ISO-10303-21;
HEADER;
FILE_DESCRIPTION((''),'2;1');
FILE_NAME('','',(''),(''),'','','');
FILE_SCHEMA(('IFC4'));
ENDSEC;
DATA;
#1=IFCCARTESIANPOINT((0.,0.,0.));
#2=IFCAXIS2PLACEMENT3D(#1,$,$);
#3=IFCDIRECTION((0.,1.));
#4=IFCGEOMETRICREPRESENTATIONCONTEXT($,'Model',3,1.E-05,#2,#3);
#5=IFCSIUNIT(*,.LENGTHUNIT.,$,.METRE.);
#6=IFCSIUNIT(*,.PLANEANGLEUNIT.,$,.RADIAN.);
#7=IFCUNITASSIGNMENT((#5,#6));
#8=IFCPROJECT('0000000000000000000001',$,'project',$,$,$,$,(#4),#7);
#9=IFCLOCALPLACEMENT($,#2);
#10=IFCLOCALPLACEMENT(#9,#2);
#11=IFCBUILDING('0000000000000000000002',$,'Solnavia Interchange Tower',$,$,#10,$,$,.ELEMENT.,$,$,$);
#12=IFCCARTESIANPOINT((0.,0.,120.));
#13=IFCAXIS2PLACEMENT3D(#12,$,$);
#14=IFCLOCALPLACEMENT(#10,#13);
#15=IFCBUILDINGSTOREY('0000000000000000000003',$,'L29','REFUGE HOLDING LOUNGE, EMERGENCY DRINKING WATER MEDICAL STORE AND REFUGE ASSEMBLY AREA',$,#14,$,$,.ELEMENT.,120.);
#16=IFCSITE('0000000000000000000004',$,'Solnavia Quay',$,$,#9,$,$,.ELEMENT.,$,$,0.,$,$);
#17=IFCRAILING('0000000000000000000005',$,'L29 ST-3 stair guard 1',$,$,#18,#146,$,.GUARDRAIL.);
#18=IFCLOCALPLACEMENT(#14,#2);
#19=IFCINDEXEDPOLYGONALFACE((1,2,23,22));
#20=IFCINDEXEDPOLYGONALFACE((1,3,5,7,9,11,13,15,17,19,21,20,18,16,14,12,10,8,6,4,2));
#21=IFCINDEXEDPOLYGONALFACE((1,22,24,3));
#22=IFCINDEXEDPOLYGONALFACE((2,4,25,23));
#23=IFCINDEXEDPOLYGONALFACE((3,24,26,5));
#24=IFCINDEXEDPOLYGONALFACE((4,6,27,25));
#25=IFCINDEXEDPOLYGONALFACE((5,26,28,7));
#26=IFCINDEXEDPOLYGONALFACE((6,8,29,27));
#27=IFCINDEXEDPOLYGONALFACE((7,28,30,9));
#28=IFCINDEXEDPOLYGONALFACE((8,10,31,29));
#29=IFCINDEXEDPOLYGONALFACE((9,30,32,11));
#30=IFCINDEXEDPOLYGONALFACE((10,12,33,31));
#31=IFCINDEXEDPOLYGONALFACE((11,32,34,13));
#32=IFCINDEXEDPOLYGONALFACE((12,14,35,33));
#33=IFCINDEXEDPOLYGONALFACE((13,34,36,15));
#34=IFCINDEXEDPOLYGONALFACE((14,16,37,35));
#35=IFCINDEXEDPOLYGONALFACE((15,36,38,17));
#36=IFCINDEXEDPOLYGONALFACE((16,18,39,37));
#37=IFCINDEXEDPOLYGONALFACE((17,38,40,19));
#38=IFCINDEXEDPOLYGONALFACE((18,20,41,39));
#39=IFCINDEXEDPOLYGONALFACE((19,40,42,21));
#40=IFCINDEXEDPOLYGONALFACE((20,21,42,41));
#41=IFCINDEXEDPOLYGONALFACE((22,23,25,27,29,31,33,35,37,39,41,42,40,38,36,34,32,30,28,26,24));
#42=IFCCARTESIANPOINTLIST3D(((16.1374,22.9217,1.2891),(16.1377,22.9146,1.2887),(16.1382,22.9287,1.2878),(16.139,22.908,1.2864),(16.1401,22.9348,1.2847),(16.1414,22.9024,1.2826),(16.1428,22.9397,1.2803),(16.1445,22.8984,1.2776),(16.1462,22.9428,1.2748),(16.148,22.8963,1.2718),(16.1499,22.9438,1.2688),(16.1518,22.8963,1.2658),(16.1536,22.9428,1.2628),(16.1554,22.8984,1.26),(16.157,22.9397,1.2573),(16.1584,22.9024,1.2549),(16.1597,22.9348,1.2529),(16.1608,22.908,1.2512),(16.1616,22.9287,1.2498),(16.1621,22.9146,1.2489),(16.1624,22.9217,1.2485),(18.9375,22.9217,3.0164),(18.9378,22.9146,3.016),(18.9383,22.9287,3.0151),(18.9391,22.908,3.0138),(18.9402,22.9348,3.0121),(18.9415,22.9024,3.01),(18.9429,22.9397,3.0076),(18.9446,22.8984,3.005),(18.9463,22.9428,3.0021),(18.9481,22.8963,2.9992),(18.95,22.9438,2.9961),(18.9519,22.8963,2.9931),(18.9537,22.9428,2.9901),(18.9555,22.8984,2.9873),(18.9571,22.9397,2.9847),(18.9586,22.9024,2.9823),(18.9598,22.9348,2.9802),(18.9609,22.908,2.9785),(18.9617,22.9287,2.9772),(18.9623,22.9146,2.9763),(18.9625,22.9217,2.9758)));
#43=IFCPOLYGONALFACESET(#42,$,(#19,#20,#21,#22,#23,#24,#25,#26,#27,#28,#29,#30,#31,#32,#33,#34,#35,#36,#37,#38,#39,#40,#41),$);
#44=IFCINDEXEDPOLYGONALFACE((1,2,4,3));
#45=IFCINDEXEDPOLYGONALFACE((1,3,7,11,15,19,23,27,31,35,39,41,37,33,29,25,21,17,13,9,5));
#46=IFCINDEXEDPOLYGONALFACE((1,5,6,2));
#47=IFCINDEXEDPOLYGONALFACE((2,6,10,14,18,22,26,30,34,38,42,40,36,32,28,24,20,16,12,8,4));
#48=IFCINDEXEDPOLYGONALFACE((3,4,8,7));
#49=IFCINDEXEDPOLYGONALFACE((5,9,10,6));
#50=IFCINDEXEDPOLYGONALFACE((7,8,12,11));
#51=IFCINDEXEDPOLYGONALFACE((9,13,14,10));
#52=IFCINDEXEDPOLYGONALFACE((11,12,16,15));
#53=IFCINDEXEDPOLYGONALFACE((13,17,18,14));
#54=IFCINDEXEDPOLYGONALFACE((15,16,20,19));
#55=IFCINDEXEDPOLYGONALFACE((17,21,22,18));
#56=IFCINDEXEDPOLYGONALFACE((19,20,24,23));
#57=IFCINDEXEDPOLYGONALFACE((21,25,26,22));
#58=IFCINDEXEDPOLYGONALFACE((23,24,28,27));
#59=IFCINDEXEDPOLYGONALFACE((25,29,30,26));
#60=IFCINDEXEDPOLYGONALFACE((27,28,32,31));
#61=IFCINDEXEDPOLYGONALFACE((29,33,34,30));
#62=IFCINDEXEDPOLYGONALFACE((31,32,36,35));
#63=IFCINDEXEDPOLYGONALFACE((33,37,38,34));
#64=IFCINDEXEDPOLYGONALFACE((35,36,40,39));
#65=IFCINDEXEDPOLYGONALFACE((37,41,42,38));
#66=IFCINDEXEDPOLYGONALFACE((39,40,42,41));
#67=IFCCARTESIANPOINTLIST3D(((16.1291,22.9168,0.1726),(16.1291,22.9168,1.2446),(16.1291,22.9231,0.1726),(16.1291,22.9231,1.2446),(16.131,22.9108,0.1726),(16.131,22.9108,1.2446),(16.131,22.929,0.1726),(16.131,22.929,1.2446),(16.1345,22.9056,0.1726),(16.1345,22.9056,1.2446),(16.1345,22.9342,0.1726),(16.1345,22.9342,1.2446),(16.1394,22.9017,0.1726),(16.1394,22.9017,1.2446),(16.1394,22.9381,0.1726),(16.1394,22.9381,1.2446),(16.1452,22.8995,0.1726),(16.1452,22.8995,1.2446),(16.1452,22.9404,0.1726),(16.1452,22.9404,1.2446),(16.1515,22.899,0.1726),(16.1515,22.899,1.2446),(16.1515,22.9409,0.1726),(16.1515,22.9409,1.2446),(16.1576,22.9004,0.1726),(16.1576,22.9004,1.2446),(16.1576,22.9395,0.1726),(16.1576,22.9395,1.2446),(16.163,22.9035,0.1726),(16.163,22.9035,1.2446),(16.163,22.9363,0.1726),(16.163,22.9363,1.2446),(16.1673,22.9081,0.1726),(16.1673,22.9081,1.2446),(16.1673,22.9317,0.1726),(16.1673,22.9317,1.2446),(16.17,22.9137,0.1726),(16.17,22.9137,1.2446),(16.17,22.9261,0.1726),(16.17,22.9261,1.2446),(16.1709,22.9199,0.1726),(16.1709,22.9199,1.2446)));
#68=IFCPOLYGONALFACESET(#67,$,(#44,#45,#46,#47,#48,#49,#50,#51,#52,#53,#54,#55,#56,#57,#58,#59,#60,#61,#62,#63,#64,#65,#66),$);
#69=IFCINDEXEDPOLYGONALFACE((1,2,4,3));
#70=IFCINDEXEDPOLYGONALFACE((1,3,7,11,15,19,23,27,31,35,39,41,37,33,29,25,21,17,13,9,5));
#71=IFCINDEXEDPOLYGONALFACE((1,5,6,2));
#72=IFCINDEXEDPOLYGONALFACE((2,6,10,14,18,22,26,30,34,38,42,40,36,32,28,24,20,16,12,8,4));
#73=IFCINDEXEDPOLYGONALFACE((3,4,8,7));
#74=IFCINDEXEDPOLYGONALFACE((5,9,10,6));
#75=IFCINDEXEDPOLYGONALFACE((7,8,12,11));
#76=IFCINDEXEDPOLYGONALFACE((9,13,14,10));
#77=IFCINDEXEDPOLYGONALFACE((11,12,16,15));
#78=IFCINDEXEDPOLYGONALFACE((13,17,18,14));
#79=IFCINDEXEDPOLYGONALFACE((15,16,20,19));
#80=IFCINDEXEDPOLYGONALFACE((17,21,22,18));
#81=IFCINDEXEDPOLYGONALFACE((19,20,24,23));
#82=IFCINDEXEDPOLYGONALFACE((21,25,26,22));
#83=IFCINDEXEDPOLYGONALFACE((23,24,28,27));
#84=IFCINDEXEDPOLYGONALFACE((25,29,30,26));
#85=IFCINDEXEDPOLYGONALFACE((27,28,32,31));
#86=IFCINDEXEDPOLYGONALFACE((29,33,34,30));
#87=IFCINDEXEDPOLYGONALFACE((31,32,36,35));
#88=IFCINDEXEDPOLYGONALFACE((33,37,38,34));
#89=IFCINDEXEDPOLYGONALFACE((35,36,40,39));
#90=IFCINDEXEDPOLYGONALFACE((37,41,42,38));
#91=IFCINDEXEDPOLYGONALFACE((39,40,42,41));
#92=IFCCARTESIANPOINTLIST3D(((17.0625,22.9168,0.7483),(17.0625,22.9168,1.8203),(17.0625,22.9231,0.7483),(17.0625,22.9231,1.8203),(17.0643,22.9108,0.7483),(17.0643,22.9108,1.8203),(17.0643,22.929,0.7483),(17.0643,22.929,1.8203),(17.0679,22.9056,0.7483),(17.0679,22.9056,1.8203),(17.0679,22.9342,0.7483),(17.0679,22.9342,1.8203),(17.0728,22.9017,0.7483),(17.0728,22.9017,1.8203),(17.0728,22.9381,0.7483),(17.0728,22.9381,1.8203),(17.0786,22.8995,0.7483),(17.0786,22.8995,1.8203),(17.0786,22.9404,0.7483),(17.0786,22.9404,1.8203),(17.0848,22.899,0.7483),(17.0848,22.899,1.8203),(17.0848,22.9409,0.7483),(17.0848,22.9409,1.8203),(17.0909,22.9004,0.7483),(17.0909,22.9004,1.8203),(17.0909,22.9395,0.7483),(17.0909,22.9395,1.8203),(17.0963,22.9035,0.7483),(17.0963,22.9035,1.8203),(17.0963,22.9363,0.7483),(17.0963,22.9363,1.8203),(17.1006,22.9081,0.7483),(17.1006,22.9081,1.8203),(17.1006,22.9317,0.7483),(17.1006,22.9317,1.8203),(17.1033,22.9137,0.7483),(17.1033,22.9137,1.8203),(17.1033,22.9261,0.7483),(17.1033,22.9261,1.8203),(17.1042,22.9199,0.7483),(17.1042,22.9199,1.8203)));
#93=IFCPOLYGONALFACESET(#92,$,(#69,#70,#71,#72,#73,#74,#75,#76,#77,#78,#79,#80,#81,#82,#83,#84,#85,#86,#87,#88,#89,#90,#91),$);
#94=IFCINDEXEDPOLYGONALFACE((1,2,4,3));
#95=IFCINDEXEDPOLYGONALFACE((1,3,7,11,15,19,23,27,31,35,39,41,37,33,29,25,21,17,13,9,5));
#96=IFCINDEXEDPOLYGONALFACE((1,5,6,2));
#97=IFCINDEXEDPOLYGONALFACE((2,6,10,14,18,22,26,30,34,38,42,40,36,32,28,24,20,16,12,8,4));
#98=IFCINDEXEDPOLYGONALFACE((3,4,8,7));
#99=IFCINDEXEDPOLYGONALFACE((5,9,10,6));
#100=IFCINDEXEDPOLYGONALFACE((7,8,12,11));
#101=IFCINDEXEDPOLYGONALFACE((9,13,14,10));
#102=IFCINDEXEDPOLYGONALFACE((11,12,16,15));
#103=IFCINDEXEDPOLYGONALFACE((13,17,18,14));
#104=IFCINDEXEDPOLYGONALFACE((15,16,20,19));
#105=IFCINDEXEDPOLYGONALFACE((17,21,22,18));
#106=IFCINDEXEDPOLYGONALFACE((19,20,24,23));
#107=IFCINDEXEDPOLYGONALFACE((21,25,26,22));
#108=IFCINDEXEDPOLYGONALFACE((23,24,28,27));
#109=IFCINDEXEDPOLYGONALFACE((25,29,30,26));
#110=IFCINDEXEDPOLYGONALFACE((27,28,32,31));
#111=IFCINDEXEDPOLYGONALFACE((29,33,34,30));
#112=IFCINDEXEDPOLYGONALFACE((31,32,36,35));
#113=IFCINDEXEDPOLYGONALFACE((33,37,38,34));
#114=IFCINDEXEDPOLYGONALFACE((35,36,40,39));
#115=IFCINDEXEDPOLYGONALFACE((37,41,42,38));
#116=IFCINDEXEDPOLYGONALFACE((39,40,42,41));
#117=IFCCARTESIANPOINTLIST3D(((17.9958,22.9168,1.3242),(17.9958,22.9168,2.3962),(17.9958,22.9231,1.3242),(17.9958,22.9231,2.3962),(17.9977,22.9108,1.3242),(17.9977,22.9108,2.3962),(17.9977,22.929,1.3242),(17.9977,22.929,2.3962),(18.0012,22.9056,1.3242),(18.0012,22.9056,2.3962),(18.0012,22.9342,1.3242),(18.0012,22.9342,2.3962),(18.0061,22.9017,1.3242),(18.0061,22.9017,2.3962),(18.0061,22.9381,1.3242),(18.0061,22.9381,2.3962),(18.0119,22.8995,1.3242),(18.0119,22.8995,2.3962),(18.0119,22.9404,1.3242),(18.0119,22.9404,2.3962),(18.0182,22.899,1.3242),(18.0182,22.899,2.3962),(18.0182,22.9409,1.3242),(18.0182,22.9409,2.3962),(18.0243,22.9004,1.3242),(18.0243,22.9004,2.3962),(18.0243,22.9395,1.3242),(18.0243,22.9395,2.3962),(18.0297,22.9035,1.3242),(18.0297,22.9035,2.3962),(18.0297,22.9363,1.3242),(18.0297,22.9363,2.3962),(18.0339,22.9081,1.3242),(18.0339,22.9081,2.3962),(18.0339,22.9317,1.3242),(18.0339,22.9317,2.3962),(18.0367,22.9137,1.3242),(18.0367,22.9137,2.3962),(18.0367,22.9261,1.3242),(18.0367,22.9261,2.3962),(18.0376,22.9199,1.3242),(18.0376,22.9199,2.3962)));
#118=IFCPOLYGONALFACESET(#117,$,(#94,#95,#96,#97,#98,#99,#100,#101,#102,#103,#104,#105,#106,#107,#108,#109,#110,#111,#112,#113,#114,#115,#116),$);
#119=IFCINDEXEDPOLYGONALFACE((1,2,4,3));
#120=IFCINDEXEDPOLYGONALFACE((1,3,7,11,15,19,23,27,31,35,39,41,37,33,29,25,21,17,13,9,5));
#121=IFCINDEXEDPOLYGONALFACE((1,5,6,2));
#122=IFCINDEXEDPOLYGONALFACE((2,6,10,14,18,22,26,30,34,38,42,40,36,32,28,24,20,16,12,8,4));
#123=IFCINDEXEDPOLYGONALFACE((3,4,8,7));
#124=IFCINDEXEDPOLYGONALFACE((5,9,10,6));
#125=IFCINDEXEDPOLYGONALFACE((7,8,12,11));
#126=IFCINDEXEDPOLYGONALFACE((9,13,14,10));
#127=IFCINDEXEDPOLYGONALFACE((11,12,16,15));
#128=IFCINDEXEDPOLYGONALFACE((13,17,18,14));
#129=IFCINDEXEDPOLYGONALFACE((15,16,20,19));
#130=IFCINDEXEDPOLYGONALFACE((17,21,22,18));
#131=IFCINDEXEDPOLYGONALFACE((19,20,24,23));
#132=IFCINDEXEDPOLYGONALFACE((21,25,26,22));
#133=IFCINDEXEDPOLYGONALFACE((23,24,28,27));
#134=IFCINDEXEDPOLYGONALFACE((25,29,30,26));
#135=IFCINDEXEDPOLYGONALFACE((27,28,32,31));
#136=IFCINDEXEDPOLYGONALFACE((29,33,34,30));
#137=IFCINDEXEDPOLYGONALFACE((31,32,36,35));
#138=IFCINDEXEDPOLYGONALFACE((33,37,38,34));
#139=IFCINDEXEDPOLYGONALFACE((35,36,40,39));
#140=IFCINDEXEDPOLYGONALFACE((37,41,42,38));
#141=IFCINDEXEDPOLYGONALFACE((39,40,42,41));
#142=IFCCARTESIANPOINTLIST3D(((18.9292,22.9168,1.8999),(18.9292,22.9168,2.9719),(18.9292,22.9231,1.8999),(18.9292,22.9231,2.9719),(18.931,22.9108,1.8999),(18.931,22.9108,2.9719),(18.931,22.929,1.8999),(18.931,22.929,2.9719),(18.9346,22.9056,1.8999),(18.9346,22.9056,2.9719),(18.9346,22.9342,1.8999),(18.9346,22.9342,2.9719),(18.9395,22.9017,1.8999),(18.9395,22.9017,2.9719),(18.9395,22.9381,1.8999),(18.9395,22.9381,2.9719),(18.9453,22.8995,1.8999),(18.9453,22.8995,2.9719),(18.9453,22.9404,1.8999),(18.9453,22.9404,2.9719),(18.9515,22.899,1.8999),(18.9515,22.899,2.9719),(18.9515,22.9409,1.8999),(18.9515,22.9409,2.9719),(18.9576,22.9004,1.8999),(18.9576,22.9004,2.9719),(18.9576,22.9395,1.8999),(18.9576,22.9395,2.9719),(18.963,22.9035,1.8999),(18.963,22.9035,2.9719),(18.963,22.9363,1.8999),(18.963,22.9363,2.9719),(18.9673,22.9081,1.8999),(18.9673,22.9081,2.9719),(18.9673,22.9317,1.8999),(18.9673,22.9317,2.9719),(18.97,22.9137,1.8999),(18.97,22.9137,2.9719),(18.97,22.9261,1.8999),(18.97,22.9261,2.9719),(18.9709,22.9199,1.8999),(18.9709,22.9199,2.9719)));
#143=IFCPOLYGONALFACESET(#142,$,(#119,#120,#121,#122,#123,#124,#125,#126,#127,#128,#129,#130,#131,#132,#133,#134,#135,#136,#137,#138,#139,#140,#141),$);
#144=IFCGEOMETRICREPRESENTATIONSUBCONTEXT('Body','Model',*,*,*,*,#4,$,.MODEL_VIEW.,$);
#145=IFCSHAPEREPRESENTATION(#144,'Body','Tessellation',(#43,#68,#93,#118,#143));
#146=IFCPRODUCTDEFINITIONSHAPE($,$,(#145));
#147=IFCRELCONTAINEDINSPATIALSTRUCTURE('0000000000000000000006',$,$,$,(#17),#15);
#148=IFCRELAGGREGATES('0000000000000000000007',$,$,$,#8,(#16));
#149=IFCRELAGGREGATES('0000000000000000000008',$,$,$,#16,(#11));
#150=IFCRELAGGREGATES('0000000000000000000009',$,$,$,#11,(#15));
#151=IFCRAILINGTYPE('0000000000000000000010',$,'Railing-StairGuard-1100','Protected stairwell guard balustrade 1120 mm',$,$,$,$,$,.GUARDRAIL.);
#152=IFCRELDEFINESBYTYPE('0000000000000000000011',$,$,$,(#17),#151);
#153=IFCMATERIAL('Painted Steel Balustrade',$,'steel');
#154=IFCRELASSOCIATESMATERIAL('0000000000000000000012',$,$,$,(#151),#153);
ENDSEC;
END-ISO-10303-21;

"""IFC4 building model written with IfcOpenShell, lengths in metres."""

from ifc_helpers import new_model, si_unit, direction, frame, origin, origin_2d, place, context, subcontext, project, spatial, circle, extrude, material, type_object, element, save


model = new_model("IFC4")

# Units and contexts
model_context = context("Model", 3, precision=1e-05, world=origin(), true_north=direction((0.0, 1.0)))
body_context = subcontext(model_context, "Body", "Model", "MODEL_VIEW")
ifc_project = project(units=[si_unit("LENGTHUNIT", "METRE"), si_unit("PLANEANGLEUNIT", "RADIAN")], contexts=[model_context])

# Site, building, storey
site_placement = place(None, origin())
site = spatial("IfcSite", under=ifc_project, at=site_placement, Name="Solnavia Quay", CompositionType="ELEMENT", RefElevation=0.0)
building_placement = place(site_placement, origin())
building = spatial("IfcBuilding", under=site, at=building_placement, Name="Solnavia Interchange Tower", CompositionType="ELEMENT")
storey_placement = place(building_placement, frame((0.0, 0.0, 120.0)))
storey = spatial("IfcBuildingStorey", under=building, at=storey_placement, Name="L29", Description="REFUGE HOLDING LOUNGE, EMERGENCY DRINKING WATER MEDICAL STORE AND REFUGE ASSEMBLY AREA", CompositionType="ELEMENT", Elevation=120.0)

# Railing
ifc_material_1 = material(Name="Painted Steel Balustrade", Category="steel")
railing_type_1 = type_object("IfcRailingType", Name="Railing-StairGuard-1100", Description="Protected stairwell guard balustrade 1120 mm", PredefinedType="GUARDRAIL", material=ifc_material_1)
railing_1_placement = place(storey_placement, frame((16.1499, 22.9199, 0.1726)))
element("IfcRailing", 1, at=railing_1_placement, inside=storey, type_object=railing_type_1, Name="L29 ST-3 stair guard 1", PredefinedType="GUARDRAIL", context=body_context, shape_type="SweptSolid", body=[
    extrude(circle(Radius=0.0239, at=origin_2d()), frame((0.0, 0.0, 1.0962), z_axis=(0.85109, 0.0, 0.52502), x_axis=(0.0, 1.0, 0.0)), (0.0, 0.0, 1.0), 3.29),
    extrude(circle(Radius=0.021, at=origin_2d()), origin(), (0.0, 0.0, 1.0), 1.072),
    extrude(circle(Radius=0.021, at=origin_2d()), frame((0.9333, 0.0, 0.5757)), (0.0, 0.0, 1.0), 1.072),
    extrude(circle(Radius=0.021, at=origin_2d()), frame((1.8667, 0.0, 1.1516)), (0.0, 0.0, 1.0), 1.072),
    extrude(circle(Radius=0.021, at=origin_2d()), frame((2.8, 0.0, 1.7273)), (0.0, 0.0, 1.0), 1.072),
])

save(model, "model.ifc")
